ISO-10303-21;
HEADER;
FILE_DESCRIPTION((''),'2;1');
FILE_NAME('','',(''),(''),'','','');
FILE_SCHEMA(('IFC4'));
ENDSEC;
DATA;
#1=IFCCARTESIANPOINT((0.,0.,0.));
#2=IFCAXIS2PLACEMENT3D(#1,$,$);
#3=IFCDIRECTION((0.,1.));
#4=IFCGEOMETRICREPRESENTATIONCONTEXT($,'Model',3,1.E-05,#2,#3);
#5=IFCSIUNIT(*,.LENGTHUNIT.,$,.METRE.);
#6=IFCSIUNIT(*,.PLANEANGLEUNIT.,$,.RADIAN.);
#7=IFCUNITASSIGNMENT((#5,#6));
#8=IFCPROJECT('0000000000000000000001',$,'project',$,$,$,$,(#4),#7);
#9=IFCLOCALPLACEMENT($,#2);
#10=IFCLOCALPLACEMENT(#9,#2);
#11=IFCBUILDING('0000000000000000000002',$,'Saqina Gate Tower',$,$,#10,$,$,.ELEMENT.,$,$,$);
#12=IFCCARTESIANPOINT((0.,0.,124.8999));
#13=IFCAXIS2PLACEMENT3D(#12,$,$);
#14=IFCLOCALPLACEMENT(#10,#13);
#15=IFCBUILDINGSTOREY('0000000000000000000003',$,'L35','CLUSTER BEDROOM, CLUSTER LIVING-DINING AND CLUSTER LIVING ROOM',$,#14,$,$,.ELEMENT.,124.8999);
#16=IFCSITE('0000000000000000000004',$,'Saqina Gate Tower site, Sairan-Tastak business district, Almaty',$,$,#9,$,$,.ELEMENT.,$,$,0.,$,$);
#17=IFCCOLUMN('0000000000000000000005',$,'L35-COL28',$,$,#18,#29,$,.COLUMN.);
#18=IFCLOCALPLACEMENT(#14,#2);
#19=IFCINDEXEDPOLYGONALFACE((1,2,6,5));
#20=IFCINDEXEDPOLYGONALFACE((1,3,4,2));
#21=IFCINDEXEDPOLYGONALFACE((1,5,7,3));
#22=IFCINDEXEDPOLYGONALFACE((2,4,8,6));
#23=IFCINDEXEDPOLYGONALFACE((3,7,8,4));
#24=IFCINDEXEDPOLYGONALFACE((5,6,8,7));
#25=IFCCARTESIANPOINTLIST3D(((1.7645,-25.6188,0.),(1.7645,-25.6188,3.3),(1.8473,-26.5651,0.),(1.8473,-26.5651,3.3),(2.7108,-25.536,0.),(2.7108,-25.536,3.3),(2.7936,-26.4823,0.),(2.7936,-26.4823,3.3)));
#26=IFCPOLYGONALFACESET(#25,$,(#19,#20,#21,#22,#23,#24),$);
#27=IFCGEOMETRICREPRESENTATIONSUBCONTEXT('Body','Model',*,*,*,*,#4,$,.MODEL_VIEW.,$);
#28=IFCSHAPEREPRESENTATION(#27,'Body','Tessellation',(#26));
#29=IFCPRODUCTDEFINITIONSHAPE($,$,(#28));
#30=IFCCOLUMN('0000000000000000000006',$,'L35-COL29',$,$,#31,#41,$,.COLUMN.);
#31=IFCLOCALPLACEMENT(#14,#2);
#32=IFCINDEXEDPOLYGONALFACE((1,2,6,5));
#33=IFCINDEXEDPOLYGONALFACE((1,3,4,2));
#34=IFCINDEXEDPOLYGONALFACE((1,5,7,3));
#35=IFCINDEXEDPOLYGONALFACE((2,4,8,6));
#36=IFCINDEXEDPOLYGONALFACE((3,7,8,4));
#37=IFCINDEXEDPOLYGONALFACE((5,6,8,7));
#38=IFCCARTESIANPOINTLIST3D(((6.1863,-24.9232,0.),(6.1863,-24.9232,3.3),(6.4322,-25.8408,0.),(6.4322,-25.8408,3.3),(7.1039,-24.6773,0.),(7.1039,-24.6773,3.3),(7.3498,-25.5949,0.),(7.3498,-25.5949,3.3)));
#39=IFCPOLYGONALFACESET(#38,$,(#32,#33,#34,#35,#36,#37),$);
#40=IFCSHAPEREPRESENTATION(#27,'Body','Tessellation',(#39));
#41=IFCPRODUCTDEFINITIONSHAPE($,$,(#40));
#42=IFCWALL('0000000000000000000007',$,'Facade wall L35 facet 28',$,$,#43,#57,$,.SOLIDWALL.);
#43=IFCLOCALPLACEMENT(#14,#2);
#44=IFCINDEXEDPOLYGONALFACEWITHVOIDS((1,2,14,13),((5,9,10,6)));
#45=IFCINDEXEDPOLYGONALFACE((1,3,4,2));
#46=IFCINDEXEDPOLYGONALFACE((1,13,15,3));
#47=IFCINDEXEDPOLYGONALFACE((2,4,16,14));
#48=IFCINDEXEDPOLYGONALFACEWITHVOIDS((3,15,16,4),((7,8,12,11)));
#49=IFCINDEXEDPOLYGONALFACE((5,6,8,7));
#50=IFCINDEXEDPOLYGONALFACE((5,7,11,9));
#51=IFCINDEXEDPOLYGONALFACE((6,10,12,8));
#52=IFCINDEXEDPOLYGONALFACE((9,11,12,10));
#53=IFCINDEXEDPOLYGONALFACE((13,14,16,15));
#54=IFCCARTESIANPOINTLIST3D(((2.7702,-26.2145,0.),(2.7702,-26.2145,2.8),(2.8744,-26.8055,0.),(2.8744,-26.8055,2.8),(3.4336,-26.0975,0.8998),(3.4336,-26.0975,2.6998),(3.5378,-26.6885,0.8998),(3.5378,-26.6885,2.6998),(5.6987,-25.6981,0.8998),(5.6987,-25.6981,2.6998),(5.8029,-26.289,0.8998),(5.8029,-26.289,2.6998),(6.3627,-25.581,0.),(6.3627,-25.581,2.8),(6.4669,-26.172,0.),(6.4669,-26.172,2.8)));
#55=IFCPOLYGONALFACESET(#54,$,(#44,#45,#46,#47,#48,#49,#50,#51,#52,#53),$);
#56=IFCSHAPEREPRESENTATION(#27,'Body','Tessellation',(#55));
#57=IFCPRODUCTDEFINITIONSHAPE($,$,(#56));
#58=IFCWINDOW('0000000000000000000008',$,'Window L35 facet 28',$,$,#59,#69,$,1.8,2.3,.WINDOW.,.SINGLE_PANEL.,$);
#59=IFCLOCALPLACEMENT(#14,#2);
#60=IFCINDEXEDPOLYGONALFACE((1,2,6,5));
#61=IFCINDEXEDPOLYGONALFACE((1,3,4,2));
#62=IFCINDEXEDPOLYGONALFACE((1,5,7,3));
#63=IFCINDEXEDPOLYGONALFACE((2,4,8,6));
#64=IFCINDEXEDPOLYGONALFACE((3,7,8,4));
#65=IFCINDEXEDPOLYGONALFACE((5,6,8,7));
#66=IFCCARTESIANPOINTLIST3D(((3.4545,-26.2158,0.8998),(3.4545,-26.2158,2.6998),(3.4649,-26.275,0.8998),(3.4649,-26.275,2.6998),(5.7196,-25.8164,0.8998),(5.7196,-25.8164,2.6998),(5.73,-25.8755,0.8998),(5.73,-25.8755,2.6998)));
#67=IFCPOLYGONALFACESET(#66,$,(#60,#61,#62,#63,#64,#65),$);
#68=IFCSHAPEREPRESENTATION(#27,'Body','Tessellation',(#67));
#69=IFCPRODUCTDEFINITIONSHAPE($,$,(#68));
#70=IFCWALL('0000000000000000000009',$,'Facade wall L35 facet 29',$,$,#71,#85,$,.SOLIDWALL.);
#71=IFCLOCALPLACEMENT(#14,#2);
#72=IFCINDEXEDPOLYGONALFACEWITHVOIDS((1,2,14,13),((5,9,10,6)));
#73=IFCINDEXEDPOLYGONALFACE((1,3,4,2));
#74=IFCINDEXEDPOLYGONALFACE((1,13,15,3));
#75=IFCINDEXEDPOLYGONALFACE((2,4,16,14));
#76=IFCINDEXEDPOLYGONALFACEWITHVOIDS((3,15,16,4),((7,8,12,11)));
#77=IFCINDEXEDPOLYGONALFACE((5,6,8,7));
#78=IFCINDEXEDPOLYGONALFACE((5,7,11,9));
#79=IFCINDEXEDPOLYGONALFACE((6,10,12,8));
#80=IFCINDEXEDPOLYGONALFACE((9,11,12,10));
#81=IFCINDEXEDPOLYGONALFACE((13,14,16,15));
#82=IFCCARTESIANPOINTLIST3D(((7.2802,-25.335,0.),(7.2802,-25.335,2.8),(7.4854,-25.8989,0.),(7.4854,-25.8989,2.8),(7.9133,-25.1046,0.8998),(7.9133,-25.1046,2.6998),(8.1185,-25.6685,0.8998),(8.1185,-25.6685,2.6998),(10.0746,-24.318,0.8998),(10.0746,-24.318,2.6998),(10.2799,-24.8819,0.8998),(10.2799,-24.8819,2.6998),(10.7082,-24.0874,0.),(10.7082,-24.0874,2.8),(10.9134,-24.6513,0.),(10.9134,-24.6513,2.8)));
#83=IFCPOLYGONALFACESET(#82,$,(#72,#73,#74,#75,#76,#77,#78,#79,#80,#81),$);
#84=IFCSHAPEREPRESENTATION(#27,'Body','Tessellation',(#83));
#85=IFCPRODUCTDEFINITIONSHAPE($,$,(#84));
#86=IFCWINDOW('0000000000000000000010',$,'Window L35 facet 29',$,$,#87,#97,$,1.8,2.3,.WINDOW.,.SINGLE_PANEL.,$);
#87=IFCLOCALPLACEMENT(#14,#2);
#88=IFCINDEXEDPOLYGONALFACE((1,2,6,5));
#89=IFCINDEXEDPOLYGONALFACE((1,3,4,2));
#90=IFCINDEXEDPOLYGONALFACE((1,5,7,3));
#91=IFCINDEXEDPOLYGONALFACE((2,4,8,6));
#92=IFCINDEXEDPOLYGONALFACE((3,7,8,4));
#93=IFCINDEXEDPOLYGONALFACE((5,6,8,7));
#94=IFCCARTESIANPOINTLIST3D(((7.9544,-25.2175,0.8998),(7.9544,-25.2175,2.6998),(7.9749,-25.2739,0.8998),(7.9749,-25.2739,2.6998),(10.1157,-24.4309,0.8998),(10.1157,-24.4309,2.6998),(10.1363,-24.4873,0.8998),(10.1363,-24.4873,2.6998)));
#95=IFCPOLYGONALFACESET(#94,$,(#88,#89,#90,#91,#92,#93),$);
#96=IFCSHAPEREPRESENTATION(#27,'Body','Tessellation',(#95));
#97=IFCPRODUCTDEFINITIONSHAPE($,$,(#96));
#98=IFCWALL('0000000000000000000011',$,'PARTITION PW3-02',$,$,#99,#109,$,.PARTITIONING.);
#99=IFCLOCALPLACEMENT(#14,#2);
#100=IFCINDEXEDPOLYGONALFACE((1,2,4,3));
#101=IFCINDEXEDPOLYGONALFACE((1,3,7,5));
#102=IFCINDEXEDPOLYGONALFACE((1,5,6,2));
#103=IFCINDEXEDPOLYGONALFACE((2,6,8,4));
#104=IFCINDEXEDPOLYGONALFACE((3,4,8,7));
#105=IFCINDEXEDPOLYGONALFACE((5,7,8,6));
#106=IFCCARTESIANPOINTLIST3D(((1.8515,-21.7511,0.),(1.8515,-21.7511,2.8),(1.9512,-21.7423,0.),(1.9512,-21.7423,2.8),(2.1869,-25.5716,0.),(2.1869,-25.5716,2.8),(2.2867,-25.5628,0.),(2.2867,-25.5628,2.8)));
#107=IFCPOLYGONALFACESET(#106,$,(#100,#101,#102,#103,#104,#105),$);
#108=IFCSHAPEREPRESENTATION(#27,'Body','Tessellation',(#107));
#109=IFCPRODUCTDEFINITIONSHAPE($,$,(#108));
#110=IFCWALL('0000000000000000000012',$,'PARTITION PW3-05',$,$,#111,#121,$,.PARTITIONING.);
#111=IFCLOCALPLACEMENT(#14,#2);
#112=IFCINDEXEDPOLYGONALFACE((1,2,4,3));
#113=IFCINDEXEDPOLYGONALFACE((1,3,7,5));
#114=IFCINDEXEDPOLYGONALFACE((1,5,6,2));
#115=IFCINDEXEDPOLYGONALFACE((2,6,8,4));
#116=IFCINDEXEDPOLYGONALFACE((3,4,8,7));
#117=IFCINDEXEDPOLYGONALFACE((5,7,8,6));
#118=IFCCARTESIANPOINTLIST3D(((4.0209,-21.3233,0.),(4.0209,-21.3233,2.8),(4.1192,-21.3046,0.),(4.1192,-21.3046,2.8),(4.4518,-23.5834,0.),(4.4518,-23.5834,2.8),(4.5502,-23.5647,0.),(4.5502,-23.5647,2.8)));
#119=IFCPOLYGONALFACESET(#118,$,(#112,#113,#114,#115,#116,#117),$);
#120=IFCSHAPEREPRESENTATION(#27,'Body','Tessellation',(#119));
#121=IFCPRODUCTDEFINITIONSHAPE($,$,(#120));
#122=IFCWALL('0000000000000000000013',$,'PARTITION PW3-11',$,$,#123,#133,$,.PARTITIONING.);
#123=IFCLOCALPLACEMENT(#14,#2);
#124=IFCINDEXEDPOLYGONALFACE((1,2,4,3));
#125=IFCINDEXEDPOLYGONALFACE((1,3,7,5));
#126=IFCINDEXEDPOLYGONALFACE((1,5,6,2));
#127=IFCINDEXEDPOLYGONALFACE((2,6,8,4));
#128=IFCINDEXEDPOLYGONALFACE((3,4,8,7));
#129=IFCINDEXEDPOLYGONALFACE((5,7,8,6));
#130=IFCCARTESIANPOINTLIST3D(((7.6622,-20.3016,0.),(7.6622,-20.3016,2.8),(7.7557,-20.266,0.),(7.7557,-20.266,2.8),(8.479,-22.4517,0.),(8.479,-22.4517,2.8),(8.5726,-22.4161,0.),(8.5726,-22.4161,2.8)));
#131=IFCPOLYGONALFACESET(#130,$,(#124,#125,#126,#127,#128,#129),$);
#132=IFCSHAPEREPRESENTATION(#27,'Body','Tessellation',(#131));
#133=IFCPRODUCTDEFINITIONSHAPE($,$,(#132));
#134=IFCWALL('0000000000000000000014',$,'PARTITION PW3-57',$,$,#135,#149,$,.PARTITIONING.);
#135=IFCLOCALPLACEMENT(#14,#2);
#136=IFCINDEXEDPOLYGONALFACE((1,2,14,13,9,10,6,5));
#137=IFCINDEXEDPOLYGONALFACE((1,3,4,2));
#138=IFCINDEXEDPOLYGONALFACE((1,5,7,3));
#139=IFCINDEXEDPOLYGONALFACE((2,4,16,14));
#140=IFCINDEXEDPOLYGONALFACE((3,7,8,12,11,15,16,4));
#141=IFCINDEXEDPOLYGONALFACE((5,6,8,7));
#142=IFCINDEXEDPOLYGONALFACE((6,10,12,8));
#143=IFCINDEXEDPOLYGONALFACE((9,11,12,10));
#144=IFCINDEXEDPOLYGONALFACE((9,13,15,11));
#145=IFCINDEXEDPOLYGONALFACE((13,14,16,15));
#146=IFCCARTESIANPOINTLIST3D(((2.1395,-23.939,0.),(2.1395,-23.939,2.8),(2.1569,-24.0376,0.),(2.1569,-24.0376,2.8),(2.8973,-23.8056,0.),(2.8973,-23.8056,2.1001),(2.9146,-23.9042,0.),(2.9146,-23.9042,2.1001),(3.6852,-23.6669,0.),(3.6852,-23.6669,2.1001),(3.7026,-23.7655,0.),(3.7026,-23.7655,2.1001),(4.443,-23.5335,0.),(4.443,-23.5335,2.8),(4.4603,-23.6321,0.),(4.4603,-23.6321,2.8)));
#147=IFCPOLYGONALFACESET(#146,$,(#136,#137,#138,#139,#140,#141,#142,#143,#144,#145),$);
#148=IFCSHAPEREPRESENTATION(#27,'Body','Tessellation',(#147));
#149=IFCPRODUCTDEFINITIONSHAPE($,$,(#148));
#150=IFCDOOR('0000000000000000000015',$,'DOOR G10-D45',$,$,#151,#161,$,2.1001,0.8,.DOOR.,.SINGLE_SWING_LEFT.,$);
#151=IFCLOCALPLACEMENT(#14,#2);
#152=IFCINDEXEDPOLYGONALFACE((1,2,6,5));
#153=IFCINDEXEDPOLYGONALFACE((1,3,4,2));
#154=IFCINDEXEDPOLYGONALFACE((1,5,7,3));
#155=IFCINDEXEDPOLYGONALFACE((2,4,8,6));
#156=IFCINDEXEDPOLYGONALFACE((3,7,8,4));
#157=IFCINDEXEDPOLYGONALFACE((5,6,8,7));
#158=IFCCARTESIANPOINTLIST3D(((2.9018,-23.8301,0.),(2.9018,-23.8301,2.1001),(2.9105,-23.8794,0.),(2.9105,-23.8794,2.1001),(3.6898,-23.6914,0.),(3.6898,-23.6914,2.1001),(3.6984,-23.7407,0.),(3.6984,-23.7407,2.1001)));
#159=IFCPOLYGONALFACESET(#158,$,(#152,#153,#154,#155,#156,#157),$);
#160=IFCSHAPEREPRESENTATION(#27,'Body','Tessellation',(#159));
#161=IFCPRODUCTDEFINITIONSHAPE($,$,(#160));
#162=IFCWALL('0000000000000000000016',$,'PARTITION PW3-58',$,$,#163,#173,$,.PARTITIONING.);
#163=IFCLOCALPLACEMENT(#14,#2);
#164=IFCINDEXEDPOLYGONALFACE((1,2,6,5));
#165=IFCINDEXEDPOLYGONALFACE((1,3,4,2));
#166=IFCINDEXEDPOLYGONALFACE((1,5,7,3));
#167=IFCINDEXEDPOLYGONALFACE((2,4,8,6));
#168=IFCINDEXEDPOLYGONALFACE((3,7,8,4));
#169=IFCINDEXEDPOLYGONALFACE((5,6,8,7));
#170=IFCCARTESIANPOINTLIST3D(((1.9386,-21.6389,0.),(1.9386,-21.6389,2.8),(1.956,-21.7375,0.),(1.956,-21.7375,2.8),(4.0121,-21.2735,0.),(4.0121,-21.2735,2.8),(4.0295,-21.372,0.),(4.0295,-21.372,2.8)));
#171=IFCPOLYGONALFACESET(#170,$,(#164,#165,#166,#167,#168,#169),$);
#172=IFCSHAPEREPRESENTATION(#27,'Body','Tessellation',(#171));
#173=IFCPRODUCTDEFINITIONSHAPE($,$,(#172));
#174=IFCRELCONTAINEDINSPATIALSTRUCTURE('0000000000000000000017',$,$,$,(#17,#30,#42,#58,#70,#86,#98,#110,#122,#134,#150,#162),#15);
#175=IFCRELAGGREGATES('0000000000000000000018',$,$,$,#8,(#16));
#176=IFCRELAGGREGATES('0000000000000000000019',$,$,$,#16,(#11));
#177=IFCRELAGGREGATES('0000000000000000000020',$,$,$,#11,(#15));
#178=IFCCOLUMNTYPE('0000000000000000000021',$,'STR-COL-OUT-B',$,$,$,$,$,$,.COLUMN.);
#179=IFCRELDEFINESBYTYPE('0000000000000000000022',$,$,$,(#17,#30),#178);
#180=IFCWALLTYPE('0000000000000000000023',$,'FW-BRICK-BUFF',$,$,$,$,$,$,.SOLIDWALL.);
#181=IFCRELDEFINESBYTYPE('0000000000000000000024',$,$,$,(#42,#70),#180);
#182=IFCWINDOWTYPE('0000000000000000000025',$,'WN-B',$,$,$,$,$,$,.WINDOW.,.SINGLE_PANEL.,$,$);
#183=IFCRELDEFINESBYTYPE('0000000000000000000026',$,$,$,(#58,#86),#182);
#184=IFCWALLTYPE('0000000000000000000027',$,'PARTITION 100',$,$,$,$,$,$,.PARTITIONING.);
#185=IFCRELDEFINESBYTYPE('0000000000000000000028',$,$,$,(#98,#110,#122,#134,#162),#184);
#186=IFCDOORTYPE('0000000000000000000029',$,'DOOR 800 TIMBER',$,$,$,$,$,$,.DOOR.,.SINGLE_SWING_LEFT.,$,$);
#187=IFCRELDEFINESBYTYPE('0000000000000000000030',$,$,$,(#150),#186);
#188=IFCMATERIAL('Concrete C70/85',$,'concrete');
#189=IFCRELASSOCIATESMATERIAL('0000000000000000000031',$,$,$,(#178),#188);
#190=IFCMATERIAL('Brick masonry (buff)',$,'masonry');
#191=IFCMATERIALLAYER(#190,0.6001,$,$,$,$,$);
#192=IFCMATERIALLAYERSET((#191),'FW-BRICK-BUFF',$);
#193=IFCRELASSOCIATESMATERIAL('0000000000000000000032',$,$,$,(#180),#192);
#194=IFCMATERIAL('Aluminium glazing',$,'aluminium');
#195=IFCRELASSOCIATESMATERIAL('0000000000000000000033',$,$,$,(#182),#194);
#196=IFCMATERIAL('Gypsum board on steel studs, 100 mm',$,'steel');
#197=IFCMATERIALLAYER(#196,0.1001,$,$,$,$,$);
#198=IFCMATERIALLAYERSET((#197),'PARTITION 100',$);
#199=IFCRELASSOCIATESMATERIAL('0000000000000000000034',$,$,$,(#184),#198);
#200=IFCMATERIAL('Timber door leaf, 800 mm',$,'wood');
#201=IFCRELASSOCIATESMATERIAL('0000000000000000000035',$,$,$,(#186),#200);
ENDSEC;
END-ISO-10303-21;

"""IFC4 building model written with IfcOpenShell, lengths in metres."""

from ifc_helpers import new_model, si_unit, direction, frame, frame_2d, origin, origin_2d, place, context, subcontext, project, spatial, rectangle, extrude, material, layer, layer_set, material_profile, profile_set, type_object, element, fill, save


model = new_model("IFC4")

# Units and contexts
model_context = context("Model", 3, precision=1e-05, world=origin(), true_north=direction((0.0, 1.0)))
body_context = subcontext(model_context, "Body", "Model", "MODEL_VIEW")
ifc_project = project(units=[si_unit("LENGTHUNIT", "METRE"), si_unit("PLANEANGLEUNIT", "RADIAN")], contexts=[model_context])

# Site, building, storey
site_placement = place(None, origin())
site = spatial("IfcSite", under=ifc_project, at=site_placement, Name="Saqina Gate Tower site, Sairan-Tastak business district, Almaty", CompositionType="ELEMENT", RefElevation=0.0)
building_placement = place(site_placement, origin())
building = spatial("IfcBuilding", under=site, at=building_placement, Name="Saqina Gate Tower", CompositionType="ELEMENT")
storey_placement = place(building_placement, frame((0.0, 0.0, 124.8999)))
storey = spatial("IfcBuildingStorey", under=building, at=storey_placement, Name="L35", Description="CLUSTER BEDROOM, CLUSTER LIVING-DINING AND CLUSTER LIVING ROOM", CompositionType="ELEMENT", Elevation=124.8999)

# Columns
ifc_material_1 = material(Name="Concrete C70/85", Category="concrete")
ifc_material_profile = material_profile(ifc_material_1, rectangle(XDim=0.95, YDim=0.95, at=origin_2d()), Name="RC 950x950")
ifc_profile_set = profile_set([ifc_material_profile], Name="Concrete C70/85")
column_type = type_object("IfcColumnType", Name="STR-COL-OUT-B", PredefinedType="COLUMN", material=ifc_profile_set)
for number, where, z_axis, x_axis, name in (
    (1, (2.2791, -26.0505, 0.0), (0.0, 0.0, 1.0), (0.087156, -0.996195, 0.0), "L35-COL28"),
    (2, (6.7681, -25.259, 0.0), (0.0, 0.0, 1.0), (0.258819, -0.965926, 0.0), "L35-COL29"),
):
    element("IfcColumn", number, at=place(storey_placement, frame(where, z_axis=z_axis, x_axis=x_axis)), inside=storey, type_object=column_type, Name=name, PredefinedType="COLUMN", context=body_context, shape_type="SweptSolid", body=[
        extrude(rectangle(XDim=0.95, YDim=0.95, at=origin_2d()), origin(), (0.0, 0.0, 1.0), 3.3),
    ])

# Walls, openings, windows
ifc_material_2 = material(Name="Brick masonry (buff)", Category="masonry")
ifc_layer_1 = layer(ifc_material_2, 0.6001)
ifc_layer_set_1 = layer_set([ifc_layer_1], Name="FW-BRICK-BUFF")
wall_type_1 = type_object("IfcWallType", Name="FW-BRICK-BUFF", PredefinedType="SOLIDWALL", material=ifc_layer_set_1)
wall_1_placement = place(storey_placement, frame((2.8223, -26.51, 0.0), z_axis=(0.0, 0.0, 1.0), x_axis=(0.984804, 0.173671, 0.0)))
wall_1 = element("IfcWall", 3, at=wall_1_placement, inside=storey, type_object=wall_type_1, Name="Facade wall L35 facet 28", PredefinedType="SOLIDWALL", context=body_context, shape_type="SweptSolid", body=[
    extrude(rectangle(XDim=3.6479, YDim=0.6001, at=frame_2d((1.824, 0.0))), origin(), (0.0, 0.0, 1.0), 2.8),
])
opening_1_placement = place(wall_1_placement, frame((0.6738, 0.0, 0.8999)))
opening_1 = element("IfcOpeningElement", 4, at=opening_1_placement, cuts=wall_1, PredefinedType="OPENING", context=body_context, shape_type="SweptSolid", body=[
    extrude(rectangle(XDim=2.3, YDim=1.8, at=frame_2d((1.1499, 0.8999))), frame((0.0, 0.312, 0.0), z_axis=(0.0, -1.0, 0.0), x_axis=(1.0, 0.0, 0.0)), (0.0, 0.0, 1.0), 0.624),
])
ifc_material_3 = material(Name="Aluminium glazing", Category="aluminium")
window_type = type_object("IfcWindowType", Name="WN-B", PartitioningType="SINGLE_PANEL", PredefinedType="WINDOW", material=ifc_material_3)
window_1_placement = place(opening_1_placement, origin())
window_1 = element("IfcWindow", 5, at=window_1_placement, inside=storey, type_object=window_type, Name="Window L35 facet 28", OverallHeight=1.8, OverallWidth=2.3, PartitioningType="SINGLE_PANEL", PredefinedType="WINDOW", context=body_context, shape_type="SweptSolid", body=[
    extrude(rectangle(XDim=2.3, YDim=1.8, at=frame_2d((1.1499, 0.8999))), frame((0.0, 0.1799, 0.0), z_axis=(0.0, -1.0, 0.0), x_axis=(1.0, 0.0, 0.0)), (0.0, 0.0, 1.0), 0.0601),
])
fill(opening_1, window_1)
wall_2_placement = place(storey_placement, frame((7.3828, -25.6169, 0.0), z_axis=(0.0, 0.0, 1.0), x_axis=(0.939704, 0.34199, 0.0)))
wall_2 = element("IfcWall", 6, at=wall_2_placement, inside=storey, type_object=wall_type_1, Name="Facade wall L35 facet 29", PredefinedType="SOLIDWALL", context=body_context, shape_type="SweptSolid", body=[
    extrude(rectangle(XDim=3.6479, YDim=0.6001, at=frame_2d((1.824, 0.0))), origin(), (0.0, 0.0, 1.0), 2.8),
])
opening_2_placement = place(wall_2_placement, frame((0.6738, 0.0, 0.8999)))
opening_2 = element("IfcOpeningElement", 7, at=opening_2_placement, cuts=wall_2, PredefinedType="OPENING", context=body_context, shape_type="SweptSolid", body=[
    extrude(rectangle(XDim=2.3, YDim=1.8, at=frame_2d((1.1499, 0.8999))), frame((0.0, 0.312, 0.0), z_axis=(0.0, -1.0, 0.0), x_axis=(1.0, 0.0, 0.0)), (0.0, 0.0, 1.0), 0.624),
])
window_2_placement = place(opening_2_placement, origin())
window_2 = element("IfcWindow", 8, at=window_2_placement, inside=storey, type_object=window_type, Name="Window L35 facet 29", OverallHeight=1.8, OverallWidth=2.3, PartitioningType="SINGLE_PANEL", PredefinedType="WINDOW", context=body_context, shape_type="SweptSolid", body=[
    extrude(rectangle(XDim=2.3, YDim=1.8, at=frame_2d((1.1499, 0.8999))), frame((0.0, 0.1799, 0.0), z_axis=(0.0, -1.0, 0.0), x_axis=(1.0, 0.0, 0.0)), (0.0, 0.0, 1.0), 0.0601),
])
fill(opening_2, window_2)

# Walls
ifc_material_4 = material(Name="Gypsum board on steel studs, 100 mm", Category="steel")
ifc_layer_2 = layer(ifc_material_4, 0.1001)
ifc_layer_set_2 = layer_set([ifc_layer_2], Name="PARTITION 100")
wall_type_2 = type_object("IfcWallType", Name="PARTITION 100", PredefinedType="PARTITIONING", material=ifc_layer_set_2)
wall_3_placement = place(storey_placement, frame((1.9014, -21.7468, 0.0), z_axis=(0.0, 0.0, 1.0), x_axis=(0.087465, -0.996168, 0.0)))
element("IfcWall", 9, at=wall_3_placement, inside=storey, type_object=wall_type_2, Name="PARTITION PW3-02", PredefinedType="PARTITIONING", context=body_context, shape_type="SweptSolid", body=[
    extrude(rectangle(XDim=3.8352, YDim=0.1001, at=frame_2d((1.9175, 0.0))), origin(), (0.0, 0.0, 1.0), 2.8),
])
wall_4_placement = place(storey_placement, frame((4.0701, -21.314, 0.0), z_axis=(0.0, 0.0, 1.0), x_axis=(0.187293, -0.982304, 0.0)))
element("IfcWall", 10, at=wall_4_placement, inside=storey, type_object=wall_type_2, Name="PARTITION PW3-05", PredefinedType="PARTITIONING", context=body_context, shape_type="SweptSolid", body=[
    extrude(rectangle(XDim=2.3008, YDim=0.1001, at=frame_2d((1.1504, 0.0))), origin(), (0.0, 0.0, 1.0), 2.8),
])
wall_5_placement = place(storey_placement, frame((7.709, -20.2839, 0.0), z_axis=(0.0, 0.0, 1.0), x_axis=(0.355157, -0.934807, 0.0)))
element("IfcWall", 11, at=wall_5_placement, inside=storey, type_object=wall_type_2, Name="PARTITION PW3-11", PredefinedType="PARTITIONING", context=body_context, shape_type="SweptSolid", body=[
    extrude(rectangle(XDim=2.3, YDim=0.1001, at=frame_2d((1.1499, 0.0))), origin(), (0.0, 0.0, 1.0), 2.8),
])

# Wall, opening, door
wall_6_placement = place(storey_placement, frame((2.1482, -23.9883, 0.0), z_axis=(0.0, 0.0, 1.0), x_axis=(0.984855, 0.17338, 0.0)))
wall_6 = element("IfcWall", 12, at=wall_6_placement, inside=storey, type_object=wall_type_2, Name="PARTITION PW3-57", PredefinedType="PARTITIONING", context=body_context, shape_type="SweptSolid", body=[
    extrude(rectangle(XDim=2.3389, YDim=0.1001, at=frame_2d((1.1694, 0.0))), origin(), (0.0, 0.0, 1.0), 2.8),
])
opening_3_placement = place(wall_6_placement, frame((0.7695, 0.0, 0.0)))
opening_3 = element("IfcOpeningElement", 13, at=opening_3_placement, cuts=wall_6, PredefinedType="OPENING", context=body_context, shape_type="SweptSolid", body=[
    extrude(rectangle(XDim=0.8, YDim=2.1001, at=frame_2d((0.3999, 1.05))), frame((0.0, 0.062, 0.0), z_axis=(0.0, -1.0, 0.0), x_axis=(1.0, 0.0, 0.0)), (0.0, 0.0, 1.0), 0.124),
])
ifc_material_5 = material(Name="Timber door leaf, 800 mm", Category="wood")
door_type_1 = type_object("IfcDoorType", Name="DOOR 800 TIMBER", OperationType="SINGLE_SWING_LEFT", PredefinedType="DOOR", material=ifc_material_5)
door_1_placement = place(opening_3_placement, frame((0.8, 0.0, 0.0), z_axis=(0.0, 0.0, 1.0), x_axis=(-1.0, 0.0, 0.0)))
door_1 = element("IfcDoor", 14, at=door_1_placement, inside=storey, type_object=door_type_1, Name="DOOR G10-D45", OperationType="SINGLE_SWING_LEFT", OverallHeight=2.1001, OverallWidth=0.8, PredefinedType="DOOR", context=body_context, shape_type="SweptSolid", body=[
    extrude(rectangle(XDim=0.8, YDim=2.1001, at=frame_2d((0.3999, 1.05))), frame((0.0, 0.0249, 0.0), z_axis=(0.0, -1.0, 0.0), x_axis=(1.0, 0.0, 0.0)), (0.0, 0.0, 1.0), 0.05),
])
fill(opening_3, door_1)

# Wall
wall_7_placement = place(storey_placement, frame((1.9473, -21.6882, 0.0), z_axis=(0.0, 0.0, 1.0), x_axis=(0.984819, 0.173587, 0.0)))
element("IfcWall", 15, at=wall_7_placement, inside=storey, type_object=wall_type_2, Name="PARTITION PW3-58", PredefinedType="PARTITIONING", context=body_context, shape_type="SweptSolid", body=[
    extrude(rectangle(XDim=2.1055, YDim=0.1001, at=frame_2d((1.0527, 0.0))), origin(), (0.0, 0.0, 1.0), 2.8),
])

save(model, "model.ifc")
